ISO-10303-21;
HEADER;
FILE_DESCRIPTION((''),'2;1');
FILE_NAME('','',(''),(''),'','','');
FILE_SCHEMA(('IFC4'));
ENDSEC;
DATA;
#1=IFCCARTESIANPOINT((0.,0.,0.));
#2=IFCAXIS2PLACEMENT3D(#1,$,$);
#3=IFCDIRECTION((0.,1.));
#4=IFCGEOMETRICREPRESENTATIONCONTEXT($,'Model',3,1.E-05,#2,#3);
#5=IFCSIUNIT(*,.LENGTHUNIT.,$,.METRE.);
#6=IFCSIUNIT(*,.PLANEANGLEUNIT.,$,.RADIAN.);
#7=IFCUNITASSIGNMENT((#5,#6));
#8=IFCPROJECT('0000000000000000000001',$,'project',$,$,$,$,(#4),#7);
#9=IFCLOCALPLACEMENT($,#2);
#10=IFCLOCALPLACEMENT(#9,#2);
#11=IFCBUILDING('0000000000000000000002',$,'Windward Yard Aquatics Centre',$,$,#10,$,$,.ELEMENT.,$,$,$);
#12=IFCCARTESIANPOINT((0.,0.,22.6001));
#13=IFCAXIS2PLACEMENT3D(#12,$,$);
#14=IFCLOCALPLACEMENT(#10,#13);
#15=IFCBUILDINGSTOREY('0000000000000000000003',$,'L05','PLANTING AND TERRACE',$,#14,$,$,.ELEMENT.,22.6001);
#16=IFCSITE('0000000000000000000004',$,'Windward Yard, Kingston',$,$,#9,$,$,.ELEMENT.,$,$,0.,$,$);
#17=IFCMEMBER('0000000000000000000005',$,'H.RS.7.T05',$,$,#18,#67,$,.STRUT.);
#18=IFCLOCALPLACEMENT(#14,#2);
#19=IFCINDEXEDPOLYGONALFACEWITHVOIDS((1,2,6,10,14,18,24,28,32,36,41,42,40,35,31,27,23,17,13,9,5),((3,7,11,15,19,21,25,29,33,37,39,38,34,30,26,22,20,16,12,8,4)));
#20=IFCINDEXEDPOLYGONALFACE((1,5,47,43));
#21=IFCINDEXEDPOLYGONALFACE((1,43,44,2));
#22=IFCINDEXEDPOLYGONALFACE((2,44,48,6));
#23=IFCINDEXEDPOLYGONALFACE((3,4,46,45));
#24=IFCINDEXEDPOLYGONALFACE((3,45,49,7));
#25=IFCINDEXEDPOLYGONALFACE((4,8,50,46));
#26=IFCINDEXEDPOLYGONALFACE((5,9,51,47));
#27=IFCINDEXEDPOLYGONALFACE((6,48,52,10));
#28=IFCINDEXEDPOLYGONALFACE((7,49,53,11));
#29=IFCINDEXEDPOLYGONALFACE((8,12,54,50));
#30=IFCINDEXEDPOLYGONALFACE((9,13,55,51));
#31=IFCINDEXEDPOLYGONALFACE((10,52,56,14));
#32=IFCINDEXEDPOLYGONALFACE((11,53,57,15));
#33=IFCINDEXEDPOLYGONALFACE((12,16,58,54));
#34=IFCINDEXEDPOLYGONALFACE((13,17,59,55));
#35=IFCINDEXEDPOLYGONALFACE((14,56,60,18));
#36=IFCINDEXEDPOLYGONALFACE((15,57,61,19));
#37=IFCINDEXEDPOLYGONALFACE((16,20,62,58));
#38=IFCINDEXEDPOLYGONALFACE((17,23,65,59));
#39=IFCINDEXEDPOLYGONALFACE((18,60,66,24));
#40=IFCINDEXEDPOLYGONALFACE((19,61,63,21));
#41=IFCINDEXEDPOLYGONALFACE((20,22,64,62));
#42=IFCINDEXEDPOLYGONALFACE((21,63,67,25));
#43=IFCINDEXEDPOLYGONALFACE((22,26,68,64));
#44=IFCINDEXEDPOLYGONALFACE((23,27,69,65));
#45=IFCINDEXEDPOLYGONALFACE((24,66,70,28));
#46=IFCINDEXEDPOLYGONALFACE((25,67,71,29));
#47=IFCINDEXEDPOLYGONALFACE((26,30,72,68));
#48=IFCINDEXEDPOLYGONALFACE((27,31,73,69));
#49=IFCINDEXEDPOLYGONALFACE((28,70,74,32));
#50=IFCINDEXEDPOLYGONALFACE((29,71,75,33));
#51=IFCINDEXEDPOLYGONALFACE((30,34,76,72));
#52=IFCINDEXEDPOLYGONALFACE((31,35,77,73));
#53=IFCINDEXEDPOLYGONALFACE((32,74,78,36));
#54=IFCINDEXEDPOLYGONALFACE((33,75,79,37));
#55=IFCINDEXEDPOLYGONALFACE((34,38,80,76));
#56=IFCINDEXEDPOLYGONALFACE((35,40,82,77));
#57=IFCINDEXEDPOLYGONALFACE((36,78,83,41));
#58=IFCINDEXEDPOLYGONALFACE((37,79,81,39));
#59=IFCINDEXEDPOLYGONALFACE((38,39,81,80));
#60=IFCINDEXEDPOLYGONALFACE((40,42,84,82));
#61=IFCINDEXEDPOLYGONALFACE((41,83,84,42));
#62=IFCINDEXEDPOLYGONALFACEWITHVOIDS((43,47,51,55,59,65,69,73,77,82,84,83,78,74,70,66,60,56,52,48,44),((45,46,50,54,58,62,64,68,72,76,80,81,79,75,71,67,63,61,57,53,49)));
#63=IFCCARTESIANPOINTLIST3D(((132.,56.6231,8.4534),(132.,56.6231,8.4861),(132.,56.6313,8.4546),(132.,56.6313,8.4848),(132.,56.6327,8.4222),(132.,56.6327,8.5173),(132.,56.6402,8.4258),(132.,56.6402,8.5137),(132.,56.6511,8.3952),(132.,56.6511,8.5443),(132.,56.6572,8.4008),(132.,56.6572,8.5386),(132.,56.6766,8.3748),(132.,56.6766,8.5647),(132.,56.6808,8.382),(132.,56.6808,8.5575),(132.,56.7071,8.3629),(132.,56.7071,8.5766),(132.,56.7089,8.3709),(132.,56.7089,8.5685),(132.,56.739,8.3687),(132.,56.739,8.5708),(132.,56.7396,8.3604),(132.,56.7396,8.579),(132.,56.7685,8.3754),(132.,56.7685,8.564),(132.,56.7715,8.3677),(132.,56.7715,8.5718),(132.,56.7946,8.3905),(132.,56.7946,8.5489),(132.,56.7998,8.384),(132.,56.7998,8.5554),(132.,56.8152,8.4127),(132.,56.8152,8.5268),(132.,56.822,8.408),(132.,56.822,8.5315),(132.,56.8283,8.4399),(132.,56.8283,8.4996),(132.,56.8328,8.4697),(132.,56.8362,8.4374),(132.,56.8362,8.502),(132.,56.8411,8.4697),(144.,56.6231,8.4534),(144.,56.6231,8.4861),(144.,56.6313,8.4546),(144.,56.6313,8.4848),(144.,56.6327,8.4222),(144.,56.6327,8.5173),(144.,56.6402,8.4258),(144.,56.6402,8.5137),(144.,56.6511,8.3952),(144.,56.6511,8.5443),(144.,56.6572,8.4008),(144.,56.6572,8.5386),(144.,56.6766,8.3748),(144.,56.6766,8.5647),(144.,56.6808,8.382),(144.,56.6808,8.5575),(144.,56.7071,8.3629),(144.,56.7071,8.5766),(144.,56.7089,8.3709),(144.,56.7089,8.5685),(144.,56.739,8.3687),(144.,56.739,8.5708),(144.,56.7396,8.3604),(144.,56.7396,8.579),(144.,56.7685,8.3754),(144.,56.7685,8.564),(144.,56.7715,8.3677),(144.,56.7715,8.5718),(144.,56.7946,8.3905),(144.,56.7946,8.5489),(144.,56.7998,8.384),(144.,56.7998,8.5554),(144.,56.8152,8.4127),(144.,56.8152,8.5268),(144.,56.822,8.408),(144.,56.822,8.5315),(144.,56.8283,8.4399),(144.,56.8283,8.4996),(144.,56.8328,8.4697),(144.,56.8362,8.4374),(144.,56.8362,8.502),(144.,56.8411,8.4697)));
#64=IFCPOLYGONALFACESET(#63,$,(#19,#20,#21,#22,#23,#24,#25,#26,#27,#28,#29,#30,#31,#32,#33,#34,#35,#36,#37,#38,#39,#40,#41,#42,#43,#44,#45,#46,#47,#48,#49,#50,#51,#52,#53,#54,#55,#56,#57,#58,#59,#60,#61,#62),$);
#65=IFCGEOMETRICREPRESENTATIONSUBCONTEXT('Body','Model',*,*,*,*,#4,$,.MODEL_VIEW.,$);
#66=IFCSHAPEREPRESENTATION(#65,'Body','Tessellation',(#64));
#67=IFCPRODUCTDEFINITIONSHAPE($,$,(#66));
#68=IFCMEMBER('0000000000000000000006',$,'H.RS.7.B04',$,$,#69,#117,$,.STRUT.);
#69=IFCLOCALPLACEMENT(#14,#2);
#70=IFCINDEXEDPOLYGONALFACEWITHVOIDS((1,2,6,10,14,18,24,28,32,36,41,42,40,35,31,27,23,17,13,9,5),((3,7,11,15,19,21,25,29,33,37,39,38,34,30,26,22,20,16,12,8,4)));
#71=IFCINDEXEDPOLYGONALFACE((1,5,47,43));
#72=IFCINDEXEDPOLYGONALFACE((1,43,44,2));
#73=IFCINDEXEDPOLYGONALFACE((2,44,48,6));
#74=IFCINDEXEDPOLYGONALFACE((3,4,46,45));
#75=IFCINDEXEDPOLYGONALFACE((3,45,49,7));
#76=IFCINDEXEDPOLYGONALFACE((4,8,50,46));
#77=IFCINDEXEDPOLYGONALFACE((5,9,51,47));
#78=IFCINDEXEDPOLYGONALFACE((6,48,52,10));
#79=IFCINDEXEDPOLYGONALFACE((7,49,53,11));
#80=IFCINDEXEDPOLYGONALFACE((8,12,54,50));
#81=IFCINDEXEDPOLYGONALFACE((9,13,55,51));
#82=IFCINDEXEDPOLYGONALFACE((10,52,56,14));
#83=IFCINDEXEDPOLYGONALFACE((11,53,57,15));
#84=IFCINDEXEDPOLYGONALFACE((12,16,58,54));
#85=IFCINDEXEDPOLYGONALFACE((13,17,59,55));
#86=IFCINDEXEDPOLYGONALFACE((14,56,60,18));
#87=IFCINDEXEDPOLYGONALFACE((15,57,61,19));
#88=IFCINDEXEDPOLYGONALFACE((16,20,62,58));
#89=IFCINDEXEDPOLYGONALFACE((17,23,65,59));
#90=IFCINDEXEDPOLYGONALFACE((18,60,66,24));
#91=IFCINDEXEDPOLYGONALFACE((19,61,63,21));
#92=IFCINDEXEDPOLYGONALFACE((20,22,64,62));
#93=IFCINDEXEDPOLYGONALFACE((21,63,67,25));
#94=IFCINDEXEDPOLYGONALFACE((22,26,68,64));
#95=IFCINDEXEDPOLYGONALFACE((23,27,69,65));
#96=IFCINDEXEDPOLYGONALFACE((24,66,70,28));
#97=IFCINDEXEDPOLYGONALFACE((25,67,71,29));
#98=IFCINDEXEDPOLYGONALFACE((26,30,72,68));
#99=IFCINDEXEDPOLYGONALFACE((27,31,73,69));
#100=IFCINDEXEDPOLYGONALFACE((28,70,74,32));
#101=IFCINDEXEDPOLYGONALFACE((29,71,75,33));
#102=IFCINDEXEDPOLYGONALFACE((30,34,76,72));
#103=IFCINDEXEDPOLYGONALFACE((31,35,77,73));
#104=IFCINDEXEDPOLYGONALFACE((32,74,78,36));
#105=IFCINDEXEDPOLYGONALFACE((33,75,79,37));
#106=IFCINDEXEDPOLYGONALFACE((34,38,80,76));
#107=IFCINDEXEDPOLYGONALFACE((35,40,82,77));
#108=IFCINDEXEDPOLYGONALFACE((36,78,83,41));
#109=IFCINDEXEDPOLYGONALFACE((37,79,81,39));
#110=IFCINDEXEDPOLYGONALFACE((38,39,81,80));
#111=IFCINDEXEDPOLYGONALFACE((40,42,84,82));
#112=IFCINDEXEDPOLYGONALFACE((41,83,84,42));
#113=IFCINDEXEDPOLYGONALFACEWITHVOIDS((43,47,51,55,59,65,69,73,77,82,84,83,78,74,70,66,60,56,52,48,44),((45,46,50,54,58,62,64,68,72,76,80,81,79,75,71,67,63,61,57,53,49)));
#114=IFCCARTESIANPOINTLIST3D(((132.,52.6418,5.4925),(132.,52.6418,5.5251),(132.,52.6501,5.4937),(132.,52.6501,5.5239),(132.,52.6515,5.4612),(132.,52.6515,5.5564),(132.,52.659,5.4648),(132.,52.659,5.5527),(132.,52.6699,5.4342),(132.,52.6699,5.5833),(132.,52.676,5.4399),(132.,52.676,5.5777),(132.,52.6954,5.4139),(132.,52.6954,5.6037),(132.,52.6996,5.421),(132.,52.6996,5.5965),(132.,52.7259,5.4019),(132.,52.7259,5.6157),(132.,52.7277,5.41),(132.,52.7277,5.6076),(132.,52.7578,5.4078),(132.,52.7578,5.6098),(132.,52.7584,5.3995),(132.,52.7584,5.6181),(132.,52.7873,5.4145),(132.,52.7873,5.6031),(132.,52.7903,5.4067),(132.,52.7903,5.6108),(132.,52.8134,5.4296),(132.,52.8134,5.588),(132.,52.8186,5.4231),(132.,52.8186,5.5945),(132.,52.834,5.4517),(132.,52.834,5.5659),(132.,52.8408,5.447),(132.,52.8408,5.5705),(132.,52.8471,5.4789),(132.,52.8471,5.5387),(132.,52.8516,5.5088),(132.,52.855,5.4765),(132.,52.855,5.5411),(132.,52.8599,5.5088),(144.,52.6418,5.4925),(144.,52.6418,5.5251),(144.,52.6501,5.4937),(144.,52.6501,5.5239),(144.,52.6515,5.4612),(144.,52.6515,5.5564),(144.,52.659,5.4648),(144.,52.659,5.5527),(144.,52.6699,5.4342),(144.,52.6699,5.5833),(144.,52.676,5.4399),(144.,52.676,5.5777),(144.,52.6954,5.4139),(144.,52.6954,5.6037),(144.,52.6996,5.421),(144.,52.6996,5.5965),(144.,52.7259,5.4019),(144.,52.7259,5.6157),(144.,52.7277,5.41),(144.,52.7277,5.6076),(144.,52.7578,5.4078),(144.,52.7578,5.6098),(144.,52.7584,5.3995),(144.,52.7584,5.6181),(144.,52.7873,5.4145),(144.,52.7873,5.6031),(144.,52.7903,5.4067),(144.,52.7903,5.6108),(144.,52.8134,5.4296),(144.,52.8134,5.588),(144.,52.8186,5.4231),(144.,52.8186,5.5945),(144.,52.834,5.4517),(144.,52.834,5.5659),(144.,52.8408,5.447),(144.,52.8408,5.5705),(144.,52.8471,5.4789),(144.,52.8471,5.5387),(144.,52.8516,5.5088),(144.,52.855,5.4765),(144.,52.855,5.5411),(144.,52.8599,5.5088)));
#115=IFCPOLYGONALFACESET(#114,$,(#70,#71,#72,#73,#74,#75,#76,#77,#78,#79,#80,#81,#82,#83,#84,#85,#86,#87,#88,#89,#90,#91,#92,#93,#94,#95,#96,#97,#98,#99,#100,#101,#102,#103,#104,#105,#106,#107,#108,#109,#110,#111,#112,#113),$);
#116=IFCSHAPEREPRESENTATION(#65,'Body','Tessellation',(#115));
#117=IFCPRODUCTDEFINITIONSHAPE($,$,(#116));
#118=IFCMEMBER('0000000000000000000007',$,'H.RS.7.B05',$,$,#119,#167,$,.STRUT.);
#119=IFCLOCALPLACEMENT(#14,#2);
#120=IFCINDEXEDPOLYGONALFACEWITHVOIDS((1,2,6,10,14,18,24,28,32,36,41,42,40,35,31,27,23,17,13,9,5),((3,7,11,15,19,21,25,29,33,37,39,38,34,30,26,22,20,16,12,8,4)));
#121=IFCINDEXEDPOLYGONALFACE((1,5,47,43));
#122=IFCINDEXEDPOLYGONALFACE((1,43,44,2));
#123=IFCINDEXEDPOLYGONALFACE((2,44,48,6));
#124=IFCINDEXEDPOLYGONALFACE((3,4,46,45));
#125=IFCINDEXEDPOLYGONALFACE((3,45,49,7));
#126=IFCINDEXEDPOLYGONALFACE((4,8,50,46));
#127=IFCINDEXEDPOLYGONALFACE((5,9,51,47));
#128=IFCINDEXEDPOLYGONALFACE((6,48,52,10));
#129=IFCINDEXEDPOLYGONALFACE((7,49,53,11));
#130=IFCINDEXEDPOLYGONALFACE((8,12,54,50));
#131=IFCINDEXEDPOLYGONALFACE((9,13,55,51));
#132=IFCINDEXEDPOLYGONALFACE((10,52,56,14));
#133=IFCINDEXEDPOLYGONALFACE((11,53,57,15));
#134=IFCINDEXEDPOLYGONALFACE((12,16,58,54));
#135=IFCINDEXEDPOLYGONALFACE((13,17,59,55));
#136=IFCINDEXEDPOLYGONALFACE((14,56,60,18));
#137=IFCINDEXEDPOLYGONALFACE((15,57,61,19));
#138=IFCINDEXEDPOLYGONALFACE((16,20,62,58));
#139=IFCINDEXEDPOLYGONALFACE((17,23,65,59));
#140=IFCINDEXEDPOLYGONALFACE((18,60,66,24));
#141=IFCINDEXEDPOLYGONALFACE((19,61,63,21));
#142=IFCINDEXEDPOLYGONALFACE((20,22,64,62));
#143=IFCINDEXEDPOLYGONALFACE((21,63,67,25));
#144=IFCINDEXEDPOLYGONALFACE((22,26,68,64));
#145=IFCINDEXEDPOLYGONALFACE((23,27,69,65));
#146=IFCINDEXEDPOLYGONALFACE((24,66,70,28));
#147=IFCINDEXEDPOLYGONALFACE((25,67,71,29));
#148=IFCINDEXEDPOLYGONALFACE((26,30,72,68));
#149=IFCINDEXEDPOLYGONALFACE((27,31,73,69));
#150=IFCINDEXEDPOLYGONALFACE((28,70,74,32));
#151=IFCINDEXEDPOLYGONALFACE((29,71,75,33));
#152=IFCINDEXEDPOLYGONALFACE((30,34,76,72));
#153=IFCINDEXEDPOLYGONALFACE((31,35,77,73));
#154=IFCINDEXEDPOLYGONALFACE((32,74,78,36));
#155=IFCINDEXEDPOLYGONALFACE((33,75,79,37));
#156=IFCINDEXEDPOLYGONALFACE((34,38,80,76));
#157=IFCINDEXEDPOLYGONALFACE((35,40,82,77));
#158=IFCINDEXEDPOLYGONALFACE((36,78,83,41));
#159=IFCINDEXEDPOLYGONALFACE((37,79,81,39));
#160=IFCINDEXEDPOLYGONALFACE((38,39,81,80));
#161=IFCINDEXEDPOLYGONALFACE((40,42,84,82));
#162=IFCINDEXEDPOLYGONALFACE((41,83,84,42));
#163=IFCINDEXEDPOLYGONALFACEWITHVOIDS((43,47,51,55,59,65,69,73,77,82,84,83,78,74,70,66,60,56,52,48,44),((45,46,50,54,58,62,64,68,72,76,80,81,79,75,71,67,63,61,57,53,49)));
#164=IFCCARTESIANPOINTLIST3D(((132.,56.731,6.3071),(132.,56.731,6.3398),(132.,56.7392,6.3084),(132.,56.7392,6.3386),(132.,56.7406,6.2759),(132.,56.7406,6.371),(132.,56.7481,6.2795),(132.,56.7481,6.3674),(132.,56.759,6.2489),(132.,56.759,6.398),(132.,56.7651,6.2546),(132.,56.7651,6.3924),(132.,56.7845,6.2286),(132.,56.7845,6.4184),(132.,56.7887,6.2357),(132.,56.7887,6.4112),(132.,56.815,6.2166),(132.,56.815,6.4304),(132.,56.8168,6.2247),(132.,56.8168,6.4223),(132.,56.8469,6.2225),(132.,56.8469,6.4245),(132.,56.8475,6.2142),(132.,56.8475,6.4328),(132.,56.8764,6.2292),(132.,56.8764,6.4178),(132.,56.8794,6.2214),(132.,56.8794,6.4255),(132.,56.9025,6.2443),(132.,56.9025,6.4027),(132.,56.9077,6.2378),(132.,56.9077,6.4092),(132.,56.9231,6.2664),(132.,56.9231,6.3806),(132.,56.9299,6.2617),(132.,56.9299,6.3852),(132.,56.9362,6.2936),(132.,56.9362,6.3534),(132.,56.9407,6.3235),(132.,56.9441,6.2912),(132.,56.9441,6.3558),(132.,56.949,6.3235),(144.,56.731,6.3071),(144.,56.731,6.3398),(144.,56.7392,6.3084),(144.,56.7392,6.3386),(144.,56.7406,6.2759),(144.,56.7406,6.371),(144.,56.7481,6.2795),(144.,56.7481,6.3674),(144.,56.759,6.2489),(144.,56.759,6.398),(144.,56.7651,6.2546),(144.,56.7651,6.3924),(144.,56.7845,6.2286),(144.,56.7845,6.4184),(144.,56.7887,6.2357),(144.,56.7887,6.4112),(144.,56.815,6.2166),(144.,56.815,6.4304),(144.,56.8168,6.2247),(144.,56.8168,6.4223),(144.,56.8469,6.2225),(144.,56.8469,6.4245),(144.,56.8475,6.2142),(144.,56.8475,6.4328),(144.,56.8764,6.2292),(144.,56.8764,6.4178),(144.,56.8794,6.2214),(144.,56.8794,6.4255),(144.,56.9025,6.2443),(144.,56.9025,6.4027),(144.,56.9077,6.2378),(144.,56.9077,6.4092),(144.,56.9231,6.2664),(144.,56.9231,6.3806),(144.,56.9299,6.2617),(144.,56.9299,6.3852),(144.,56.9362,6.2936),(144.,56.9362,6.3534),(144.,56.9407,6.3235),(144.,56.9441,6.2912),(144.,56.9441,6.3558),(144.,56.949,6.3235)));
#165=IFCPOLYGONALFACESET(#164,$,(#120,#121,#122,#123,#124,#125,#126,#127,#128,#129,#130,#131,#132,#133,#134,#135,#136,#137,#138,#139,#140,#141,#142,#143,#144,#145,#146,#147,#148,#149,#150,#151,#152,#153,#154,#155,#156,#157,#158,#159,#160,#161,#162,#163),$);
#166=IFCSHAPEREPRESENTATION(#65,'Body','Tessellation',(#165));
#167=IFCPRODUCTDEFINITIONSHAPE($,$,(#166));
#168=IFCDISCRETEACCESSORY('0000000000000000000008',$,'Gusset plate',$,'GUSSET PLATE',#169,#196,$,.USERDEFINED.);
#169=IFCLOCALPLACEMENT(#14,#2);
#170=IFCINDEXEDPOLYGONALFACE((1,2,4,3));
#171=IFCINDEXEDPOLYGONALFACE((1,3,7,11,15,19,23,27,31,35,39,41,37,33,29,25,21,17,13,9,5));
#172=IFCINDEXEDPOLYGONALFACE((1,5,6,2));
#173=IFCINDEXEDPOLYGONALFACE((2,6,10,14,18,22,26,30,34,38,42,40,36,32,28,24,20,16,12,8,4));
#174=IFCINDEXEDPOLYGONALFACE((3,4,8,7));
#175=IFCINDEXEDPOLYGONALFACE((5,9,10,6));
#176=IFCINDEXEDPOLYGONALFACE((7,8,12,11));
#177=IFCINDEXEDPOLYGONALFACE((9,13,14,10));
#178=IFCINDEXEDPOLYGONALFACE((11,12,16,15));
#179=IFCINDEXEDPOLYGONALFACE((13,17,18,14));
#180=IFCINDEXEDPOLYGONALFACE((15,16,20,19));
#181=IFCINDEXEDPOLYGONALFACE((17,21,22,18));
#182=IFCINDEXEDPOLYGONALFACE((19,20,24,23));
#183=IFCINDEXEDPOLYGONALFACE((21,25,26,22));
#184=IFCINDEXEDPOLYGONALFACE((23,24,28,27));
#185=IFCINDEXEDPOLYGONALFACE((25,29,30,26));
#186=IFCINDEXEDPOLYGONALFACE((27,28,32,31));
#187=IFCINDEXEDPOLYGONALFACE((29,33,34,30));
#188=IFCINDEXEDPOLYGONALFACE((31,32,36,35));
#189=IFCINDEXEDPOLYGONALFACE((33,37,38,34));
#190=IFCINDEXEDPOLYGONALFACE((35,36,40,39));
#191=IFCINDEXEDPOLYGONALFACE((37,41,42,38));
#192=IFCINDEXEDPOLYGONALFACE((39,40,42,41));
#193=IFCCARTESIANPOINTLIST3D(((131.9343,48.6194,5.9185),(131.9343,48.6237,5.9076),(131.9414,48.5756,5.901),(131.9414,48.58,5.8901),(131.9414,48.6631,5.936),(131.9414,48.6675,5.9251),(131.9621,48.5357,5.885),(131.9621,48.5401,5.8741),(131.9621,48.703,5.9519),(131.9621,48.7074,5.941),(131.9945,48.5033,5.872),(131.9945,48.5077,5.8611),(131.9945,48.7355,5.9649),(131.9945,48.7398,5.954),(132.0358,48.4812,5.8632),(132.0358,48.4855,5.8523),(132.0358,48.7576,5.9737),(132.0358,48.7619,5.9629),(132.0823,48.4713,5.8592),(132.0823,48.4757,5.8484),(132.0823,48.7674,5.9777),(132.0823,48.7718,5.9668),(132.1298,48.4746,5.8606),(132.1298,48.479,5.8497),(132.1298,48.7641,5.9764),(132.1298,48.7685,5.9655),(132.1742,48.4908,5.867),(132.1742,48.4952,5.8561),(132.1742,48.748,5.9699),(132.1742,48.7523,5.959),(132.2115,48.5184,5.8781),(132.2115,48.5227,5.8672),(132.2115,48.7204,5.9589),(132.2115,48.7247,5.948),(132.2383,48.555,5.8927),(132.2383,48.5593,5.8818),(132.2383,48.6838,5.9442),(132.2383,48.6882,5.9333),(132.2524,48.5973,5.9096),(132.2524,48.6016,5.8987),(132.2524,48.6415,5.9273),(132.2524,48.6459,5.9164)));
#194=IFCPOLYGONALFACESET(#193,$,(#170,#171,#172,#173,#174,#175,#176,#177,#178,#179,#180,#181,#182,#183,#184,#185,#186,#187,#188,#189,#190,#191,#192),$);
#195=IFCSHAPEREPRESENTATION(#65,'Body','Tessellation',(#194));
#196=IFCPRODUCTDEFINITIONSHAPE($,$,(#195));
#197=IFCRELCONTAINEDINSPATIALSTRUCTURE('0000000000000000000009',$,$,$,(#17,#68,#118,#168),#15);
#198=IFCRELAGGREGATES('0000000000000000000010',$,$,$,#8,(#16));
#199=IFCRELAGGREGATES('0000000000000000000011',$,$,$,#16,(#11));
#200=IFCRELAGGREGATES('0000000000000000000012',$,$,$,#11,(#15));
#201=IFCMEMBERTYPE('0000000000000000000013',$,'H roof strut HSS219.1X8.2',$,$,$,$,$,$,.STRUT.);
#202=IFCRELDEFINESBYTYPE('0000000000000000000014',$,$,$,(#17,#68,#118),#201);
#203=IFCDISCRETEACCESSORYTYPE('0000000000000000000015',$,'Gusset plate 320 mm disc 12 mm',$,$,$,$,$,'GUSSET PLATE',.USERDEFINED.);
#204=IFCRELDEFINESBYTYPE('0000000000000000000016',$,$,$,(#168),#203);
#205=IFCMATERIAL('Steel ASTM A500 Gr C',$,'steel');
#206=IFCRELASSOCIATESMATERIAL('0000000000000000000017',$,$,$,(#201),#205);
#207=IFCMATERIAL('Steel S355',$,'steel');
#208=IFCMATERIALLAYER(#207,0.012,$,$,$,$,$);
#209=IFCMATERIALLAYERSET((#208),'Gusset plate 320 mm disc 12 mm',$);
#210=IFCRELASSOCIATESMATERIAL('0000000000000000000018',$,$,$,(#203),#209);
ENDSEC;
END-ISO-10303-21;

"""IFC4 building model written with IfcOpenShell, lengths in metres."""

from ifc_helpers import new_model, si_unit, direction, frame, origin, origin_2d, place, context, subcontext, project, spatial, circle, hollow_circle, extrude, material, layer, layer_set, material_profile, profile_set, type_object, element, save


model = new_model("IFC4")

# Units and contexts
model_context = context("Model", 3, precision=1e-05, world=origin(), true_north=direction((0.0, 1.0)))
body_context = subcontext(model_context, "Body", "Model", "MODEL_VIEW")
ifc_project = project(units=[si_unit("LENGTHUNIT", "METRE"), si_unit("PLANEANGLEUNIT", "RADIAN")], contexts=[model_context])

# Site, building, storey
site_placement = place(None, origin())
site = spatial("IfcSite", under=ifc_project, at=site_placement, Name="Windward Yard, Kingston", CompositionType="ELEMENT", RefElevation=0.0)
building_placement = place(site_placement, origin())
building = spatial("IfcBuilding", under=site, at=building_placement, Name="Windward Yard Aquatics Centre", CompositionType="ELEMENT")
storey_placement = place(building_placement, frame((0.0, 0.0, 22.6001)))
storey = spatial("IfcBuildingStorey", under=building, at=storey_placement, Name="L05", Description="PLANTING AND TERRACE", CompositionType="ELEMENT", Elevation=22.6001)

# Members
ifc_material_1 = material(Name="Steel ASTM A500 Gr C", Category="steel")
ifc_material_profile_1 = material_profile(ifc_material_1, hollow_circle(Radius=0.1096, WallThickness=0.0083, at=origin_2d()), Name="HSS219.1X8.2")
ifc_profile_set_1 = profile_set([ifc_material_profile_1], Name="Steel ASTM A500 Gr C")
member_type_1 = type_object("IfcMemberType", Name="H roof strut HSS219.1X8.2", PredefinedType="STRUT", material=ifc_profile_set_1)
for number, where, z_axis, x_axis, name in (
    (1, (132.0, 56.7314, 8.4697), (1.0, 0.0, 0.0), (0.0, 1.0, 0.0), "H.RS.7.T05"),
    (2, (132.0, 52.7502, 5.5088), (1.0, 0.0, 0.0), (0.0, 1.0, 0.0), "H.RS.7.B04"),
    (3, (132.0, 56.8394, 6.3235), (1.0, 0.0, 0.0), (0.0, 1.0, 0.0), "H.RS.7.B05"),
):
    element("IfcMember", number, at=place(storey_placement, frame(where, z_axis=z_axis, x_axis=x_axis)), inside=storey, type_object=member_type_1, Name=name, PredefinedType="STRUT", context=body_context, shape_type="SweptSolid", body=[
        extrude(hollow_circle(Radius=0.1096, WallThickness=0.0083, at=origin_2d()), origin(), (0.0, 0.0, 1.0), 12.0),
    ])

# Discrete accessory
ifc_material_2 = material(Name="Steel S355", Category="steel")
ifc_layer = layer(ifc_material_2, 0.012)
ifc_layer_set = layer_set([ifc_layer], Name="Gusset plate 320 mm disc 12 mm")
discrete_accessory_type = type_object("IfcDiscreteAccessoryType", Name="Gusset plate 320 mm disc 12 mm", ElementType="GUSSET PLATE", PredefinedType="USERDEFINED", material=ifc_layer_set)
discrete_accessory_1_placement = place(storey_placement, frame((132.0942, 48.6194, 5.9185), z_axis=(0.0, 0.371391, -0.928477), x_axis=(-1.0, 0.0, 0.0)))
element("IfcDiscreteAccessory", 4, at=discrete_accessory_1_placement, inside=storey, type_object=discrete_accessory_type, Name="Gusset plate", ObjectType="GUSSET PLATE", PredefinedType="USERDEFINED", context=body_context, shape_type="SweptSolid", body=[
    extrude(circle(Radius=0.1599, at=origin_2d()), origin(), (0.0, 0.0, 1.0), 0.0117),
])

save(model, "model.ifc")
